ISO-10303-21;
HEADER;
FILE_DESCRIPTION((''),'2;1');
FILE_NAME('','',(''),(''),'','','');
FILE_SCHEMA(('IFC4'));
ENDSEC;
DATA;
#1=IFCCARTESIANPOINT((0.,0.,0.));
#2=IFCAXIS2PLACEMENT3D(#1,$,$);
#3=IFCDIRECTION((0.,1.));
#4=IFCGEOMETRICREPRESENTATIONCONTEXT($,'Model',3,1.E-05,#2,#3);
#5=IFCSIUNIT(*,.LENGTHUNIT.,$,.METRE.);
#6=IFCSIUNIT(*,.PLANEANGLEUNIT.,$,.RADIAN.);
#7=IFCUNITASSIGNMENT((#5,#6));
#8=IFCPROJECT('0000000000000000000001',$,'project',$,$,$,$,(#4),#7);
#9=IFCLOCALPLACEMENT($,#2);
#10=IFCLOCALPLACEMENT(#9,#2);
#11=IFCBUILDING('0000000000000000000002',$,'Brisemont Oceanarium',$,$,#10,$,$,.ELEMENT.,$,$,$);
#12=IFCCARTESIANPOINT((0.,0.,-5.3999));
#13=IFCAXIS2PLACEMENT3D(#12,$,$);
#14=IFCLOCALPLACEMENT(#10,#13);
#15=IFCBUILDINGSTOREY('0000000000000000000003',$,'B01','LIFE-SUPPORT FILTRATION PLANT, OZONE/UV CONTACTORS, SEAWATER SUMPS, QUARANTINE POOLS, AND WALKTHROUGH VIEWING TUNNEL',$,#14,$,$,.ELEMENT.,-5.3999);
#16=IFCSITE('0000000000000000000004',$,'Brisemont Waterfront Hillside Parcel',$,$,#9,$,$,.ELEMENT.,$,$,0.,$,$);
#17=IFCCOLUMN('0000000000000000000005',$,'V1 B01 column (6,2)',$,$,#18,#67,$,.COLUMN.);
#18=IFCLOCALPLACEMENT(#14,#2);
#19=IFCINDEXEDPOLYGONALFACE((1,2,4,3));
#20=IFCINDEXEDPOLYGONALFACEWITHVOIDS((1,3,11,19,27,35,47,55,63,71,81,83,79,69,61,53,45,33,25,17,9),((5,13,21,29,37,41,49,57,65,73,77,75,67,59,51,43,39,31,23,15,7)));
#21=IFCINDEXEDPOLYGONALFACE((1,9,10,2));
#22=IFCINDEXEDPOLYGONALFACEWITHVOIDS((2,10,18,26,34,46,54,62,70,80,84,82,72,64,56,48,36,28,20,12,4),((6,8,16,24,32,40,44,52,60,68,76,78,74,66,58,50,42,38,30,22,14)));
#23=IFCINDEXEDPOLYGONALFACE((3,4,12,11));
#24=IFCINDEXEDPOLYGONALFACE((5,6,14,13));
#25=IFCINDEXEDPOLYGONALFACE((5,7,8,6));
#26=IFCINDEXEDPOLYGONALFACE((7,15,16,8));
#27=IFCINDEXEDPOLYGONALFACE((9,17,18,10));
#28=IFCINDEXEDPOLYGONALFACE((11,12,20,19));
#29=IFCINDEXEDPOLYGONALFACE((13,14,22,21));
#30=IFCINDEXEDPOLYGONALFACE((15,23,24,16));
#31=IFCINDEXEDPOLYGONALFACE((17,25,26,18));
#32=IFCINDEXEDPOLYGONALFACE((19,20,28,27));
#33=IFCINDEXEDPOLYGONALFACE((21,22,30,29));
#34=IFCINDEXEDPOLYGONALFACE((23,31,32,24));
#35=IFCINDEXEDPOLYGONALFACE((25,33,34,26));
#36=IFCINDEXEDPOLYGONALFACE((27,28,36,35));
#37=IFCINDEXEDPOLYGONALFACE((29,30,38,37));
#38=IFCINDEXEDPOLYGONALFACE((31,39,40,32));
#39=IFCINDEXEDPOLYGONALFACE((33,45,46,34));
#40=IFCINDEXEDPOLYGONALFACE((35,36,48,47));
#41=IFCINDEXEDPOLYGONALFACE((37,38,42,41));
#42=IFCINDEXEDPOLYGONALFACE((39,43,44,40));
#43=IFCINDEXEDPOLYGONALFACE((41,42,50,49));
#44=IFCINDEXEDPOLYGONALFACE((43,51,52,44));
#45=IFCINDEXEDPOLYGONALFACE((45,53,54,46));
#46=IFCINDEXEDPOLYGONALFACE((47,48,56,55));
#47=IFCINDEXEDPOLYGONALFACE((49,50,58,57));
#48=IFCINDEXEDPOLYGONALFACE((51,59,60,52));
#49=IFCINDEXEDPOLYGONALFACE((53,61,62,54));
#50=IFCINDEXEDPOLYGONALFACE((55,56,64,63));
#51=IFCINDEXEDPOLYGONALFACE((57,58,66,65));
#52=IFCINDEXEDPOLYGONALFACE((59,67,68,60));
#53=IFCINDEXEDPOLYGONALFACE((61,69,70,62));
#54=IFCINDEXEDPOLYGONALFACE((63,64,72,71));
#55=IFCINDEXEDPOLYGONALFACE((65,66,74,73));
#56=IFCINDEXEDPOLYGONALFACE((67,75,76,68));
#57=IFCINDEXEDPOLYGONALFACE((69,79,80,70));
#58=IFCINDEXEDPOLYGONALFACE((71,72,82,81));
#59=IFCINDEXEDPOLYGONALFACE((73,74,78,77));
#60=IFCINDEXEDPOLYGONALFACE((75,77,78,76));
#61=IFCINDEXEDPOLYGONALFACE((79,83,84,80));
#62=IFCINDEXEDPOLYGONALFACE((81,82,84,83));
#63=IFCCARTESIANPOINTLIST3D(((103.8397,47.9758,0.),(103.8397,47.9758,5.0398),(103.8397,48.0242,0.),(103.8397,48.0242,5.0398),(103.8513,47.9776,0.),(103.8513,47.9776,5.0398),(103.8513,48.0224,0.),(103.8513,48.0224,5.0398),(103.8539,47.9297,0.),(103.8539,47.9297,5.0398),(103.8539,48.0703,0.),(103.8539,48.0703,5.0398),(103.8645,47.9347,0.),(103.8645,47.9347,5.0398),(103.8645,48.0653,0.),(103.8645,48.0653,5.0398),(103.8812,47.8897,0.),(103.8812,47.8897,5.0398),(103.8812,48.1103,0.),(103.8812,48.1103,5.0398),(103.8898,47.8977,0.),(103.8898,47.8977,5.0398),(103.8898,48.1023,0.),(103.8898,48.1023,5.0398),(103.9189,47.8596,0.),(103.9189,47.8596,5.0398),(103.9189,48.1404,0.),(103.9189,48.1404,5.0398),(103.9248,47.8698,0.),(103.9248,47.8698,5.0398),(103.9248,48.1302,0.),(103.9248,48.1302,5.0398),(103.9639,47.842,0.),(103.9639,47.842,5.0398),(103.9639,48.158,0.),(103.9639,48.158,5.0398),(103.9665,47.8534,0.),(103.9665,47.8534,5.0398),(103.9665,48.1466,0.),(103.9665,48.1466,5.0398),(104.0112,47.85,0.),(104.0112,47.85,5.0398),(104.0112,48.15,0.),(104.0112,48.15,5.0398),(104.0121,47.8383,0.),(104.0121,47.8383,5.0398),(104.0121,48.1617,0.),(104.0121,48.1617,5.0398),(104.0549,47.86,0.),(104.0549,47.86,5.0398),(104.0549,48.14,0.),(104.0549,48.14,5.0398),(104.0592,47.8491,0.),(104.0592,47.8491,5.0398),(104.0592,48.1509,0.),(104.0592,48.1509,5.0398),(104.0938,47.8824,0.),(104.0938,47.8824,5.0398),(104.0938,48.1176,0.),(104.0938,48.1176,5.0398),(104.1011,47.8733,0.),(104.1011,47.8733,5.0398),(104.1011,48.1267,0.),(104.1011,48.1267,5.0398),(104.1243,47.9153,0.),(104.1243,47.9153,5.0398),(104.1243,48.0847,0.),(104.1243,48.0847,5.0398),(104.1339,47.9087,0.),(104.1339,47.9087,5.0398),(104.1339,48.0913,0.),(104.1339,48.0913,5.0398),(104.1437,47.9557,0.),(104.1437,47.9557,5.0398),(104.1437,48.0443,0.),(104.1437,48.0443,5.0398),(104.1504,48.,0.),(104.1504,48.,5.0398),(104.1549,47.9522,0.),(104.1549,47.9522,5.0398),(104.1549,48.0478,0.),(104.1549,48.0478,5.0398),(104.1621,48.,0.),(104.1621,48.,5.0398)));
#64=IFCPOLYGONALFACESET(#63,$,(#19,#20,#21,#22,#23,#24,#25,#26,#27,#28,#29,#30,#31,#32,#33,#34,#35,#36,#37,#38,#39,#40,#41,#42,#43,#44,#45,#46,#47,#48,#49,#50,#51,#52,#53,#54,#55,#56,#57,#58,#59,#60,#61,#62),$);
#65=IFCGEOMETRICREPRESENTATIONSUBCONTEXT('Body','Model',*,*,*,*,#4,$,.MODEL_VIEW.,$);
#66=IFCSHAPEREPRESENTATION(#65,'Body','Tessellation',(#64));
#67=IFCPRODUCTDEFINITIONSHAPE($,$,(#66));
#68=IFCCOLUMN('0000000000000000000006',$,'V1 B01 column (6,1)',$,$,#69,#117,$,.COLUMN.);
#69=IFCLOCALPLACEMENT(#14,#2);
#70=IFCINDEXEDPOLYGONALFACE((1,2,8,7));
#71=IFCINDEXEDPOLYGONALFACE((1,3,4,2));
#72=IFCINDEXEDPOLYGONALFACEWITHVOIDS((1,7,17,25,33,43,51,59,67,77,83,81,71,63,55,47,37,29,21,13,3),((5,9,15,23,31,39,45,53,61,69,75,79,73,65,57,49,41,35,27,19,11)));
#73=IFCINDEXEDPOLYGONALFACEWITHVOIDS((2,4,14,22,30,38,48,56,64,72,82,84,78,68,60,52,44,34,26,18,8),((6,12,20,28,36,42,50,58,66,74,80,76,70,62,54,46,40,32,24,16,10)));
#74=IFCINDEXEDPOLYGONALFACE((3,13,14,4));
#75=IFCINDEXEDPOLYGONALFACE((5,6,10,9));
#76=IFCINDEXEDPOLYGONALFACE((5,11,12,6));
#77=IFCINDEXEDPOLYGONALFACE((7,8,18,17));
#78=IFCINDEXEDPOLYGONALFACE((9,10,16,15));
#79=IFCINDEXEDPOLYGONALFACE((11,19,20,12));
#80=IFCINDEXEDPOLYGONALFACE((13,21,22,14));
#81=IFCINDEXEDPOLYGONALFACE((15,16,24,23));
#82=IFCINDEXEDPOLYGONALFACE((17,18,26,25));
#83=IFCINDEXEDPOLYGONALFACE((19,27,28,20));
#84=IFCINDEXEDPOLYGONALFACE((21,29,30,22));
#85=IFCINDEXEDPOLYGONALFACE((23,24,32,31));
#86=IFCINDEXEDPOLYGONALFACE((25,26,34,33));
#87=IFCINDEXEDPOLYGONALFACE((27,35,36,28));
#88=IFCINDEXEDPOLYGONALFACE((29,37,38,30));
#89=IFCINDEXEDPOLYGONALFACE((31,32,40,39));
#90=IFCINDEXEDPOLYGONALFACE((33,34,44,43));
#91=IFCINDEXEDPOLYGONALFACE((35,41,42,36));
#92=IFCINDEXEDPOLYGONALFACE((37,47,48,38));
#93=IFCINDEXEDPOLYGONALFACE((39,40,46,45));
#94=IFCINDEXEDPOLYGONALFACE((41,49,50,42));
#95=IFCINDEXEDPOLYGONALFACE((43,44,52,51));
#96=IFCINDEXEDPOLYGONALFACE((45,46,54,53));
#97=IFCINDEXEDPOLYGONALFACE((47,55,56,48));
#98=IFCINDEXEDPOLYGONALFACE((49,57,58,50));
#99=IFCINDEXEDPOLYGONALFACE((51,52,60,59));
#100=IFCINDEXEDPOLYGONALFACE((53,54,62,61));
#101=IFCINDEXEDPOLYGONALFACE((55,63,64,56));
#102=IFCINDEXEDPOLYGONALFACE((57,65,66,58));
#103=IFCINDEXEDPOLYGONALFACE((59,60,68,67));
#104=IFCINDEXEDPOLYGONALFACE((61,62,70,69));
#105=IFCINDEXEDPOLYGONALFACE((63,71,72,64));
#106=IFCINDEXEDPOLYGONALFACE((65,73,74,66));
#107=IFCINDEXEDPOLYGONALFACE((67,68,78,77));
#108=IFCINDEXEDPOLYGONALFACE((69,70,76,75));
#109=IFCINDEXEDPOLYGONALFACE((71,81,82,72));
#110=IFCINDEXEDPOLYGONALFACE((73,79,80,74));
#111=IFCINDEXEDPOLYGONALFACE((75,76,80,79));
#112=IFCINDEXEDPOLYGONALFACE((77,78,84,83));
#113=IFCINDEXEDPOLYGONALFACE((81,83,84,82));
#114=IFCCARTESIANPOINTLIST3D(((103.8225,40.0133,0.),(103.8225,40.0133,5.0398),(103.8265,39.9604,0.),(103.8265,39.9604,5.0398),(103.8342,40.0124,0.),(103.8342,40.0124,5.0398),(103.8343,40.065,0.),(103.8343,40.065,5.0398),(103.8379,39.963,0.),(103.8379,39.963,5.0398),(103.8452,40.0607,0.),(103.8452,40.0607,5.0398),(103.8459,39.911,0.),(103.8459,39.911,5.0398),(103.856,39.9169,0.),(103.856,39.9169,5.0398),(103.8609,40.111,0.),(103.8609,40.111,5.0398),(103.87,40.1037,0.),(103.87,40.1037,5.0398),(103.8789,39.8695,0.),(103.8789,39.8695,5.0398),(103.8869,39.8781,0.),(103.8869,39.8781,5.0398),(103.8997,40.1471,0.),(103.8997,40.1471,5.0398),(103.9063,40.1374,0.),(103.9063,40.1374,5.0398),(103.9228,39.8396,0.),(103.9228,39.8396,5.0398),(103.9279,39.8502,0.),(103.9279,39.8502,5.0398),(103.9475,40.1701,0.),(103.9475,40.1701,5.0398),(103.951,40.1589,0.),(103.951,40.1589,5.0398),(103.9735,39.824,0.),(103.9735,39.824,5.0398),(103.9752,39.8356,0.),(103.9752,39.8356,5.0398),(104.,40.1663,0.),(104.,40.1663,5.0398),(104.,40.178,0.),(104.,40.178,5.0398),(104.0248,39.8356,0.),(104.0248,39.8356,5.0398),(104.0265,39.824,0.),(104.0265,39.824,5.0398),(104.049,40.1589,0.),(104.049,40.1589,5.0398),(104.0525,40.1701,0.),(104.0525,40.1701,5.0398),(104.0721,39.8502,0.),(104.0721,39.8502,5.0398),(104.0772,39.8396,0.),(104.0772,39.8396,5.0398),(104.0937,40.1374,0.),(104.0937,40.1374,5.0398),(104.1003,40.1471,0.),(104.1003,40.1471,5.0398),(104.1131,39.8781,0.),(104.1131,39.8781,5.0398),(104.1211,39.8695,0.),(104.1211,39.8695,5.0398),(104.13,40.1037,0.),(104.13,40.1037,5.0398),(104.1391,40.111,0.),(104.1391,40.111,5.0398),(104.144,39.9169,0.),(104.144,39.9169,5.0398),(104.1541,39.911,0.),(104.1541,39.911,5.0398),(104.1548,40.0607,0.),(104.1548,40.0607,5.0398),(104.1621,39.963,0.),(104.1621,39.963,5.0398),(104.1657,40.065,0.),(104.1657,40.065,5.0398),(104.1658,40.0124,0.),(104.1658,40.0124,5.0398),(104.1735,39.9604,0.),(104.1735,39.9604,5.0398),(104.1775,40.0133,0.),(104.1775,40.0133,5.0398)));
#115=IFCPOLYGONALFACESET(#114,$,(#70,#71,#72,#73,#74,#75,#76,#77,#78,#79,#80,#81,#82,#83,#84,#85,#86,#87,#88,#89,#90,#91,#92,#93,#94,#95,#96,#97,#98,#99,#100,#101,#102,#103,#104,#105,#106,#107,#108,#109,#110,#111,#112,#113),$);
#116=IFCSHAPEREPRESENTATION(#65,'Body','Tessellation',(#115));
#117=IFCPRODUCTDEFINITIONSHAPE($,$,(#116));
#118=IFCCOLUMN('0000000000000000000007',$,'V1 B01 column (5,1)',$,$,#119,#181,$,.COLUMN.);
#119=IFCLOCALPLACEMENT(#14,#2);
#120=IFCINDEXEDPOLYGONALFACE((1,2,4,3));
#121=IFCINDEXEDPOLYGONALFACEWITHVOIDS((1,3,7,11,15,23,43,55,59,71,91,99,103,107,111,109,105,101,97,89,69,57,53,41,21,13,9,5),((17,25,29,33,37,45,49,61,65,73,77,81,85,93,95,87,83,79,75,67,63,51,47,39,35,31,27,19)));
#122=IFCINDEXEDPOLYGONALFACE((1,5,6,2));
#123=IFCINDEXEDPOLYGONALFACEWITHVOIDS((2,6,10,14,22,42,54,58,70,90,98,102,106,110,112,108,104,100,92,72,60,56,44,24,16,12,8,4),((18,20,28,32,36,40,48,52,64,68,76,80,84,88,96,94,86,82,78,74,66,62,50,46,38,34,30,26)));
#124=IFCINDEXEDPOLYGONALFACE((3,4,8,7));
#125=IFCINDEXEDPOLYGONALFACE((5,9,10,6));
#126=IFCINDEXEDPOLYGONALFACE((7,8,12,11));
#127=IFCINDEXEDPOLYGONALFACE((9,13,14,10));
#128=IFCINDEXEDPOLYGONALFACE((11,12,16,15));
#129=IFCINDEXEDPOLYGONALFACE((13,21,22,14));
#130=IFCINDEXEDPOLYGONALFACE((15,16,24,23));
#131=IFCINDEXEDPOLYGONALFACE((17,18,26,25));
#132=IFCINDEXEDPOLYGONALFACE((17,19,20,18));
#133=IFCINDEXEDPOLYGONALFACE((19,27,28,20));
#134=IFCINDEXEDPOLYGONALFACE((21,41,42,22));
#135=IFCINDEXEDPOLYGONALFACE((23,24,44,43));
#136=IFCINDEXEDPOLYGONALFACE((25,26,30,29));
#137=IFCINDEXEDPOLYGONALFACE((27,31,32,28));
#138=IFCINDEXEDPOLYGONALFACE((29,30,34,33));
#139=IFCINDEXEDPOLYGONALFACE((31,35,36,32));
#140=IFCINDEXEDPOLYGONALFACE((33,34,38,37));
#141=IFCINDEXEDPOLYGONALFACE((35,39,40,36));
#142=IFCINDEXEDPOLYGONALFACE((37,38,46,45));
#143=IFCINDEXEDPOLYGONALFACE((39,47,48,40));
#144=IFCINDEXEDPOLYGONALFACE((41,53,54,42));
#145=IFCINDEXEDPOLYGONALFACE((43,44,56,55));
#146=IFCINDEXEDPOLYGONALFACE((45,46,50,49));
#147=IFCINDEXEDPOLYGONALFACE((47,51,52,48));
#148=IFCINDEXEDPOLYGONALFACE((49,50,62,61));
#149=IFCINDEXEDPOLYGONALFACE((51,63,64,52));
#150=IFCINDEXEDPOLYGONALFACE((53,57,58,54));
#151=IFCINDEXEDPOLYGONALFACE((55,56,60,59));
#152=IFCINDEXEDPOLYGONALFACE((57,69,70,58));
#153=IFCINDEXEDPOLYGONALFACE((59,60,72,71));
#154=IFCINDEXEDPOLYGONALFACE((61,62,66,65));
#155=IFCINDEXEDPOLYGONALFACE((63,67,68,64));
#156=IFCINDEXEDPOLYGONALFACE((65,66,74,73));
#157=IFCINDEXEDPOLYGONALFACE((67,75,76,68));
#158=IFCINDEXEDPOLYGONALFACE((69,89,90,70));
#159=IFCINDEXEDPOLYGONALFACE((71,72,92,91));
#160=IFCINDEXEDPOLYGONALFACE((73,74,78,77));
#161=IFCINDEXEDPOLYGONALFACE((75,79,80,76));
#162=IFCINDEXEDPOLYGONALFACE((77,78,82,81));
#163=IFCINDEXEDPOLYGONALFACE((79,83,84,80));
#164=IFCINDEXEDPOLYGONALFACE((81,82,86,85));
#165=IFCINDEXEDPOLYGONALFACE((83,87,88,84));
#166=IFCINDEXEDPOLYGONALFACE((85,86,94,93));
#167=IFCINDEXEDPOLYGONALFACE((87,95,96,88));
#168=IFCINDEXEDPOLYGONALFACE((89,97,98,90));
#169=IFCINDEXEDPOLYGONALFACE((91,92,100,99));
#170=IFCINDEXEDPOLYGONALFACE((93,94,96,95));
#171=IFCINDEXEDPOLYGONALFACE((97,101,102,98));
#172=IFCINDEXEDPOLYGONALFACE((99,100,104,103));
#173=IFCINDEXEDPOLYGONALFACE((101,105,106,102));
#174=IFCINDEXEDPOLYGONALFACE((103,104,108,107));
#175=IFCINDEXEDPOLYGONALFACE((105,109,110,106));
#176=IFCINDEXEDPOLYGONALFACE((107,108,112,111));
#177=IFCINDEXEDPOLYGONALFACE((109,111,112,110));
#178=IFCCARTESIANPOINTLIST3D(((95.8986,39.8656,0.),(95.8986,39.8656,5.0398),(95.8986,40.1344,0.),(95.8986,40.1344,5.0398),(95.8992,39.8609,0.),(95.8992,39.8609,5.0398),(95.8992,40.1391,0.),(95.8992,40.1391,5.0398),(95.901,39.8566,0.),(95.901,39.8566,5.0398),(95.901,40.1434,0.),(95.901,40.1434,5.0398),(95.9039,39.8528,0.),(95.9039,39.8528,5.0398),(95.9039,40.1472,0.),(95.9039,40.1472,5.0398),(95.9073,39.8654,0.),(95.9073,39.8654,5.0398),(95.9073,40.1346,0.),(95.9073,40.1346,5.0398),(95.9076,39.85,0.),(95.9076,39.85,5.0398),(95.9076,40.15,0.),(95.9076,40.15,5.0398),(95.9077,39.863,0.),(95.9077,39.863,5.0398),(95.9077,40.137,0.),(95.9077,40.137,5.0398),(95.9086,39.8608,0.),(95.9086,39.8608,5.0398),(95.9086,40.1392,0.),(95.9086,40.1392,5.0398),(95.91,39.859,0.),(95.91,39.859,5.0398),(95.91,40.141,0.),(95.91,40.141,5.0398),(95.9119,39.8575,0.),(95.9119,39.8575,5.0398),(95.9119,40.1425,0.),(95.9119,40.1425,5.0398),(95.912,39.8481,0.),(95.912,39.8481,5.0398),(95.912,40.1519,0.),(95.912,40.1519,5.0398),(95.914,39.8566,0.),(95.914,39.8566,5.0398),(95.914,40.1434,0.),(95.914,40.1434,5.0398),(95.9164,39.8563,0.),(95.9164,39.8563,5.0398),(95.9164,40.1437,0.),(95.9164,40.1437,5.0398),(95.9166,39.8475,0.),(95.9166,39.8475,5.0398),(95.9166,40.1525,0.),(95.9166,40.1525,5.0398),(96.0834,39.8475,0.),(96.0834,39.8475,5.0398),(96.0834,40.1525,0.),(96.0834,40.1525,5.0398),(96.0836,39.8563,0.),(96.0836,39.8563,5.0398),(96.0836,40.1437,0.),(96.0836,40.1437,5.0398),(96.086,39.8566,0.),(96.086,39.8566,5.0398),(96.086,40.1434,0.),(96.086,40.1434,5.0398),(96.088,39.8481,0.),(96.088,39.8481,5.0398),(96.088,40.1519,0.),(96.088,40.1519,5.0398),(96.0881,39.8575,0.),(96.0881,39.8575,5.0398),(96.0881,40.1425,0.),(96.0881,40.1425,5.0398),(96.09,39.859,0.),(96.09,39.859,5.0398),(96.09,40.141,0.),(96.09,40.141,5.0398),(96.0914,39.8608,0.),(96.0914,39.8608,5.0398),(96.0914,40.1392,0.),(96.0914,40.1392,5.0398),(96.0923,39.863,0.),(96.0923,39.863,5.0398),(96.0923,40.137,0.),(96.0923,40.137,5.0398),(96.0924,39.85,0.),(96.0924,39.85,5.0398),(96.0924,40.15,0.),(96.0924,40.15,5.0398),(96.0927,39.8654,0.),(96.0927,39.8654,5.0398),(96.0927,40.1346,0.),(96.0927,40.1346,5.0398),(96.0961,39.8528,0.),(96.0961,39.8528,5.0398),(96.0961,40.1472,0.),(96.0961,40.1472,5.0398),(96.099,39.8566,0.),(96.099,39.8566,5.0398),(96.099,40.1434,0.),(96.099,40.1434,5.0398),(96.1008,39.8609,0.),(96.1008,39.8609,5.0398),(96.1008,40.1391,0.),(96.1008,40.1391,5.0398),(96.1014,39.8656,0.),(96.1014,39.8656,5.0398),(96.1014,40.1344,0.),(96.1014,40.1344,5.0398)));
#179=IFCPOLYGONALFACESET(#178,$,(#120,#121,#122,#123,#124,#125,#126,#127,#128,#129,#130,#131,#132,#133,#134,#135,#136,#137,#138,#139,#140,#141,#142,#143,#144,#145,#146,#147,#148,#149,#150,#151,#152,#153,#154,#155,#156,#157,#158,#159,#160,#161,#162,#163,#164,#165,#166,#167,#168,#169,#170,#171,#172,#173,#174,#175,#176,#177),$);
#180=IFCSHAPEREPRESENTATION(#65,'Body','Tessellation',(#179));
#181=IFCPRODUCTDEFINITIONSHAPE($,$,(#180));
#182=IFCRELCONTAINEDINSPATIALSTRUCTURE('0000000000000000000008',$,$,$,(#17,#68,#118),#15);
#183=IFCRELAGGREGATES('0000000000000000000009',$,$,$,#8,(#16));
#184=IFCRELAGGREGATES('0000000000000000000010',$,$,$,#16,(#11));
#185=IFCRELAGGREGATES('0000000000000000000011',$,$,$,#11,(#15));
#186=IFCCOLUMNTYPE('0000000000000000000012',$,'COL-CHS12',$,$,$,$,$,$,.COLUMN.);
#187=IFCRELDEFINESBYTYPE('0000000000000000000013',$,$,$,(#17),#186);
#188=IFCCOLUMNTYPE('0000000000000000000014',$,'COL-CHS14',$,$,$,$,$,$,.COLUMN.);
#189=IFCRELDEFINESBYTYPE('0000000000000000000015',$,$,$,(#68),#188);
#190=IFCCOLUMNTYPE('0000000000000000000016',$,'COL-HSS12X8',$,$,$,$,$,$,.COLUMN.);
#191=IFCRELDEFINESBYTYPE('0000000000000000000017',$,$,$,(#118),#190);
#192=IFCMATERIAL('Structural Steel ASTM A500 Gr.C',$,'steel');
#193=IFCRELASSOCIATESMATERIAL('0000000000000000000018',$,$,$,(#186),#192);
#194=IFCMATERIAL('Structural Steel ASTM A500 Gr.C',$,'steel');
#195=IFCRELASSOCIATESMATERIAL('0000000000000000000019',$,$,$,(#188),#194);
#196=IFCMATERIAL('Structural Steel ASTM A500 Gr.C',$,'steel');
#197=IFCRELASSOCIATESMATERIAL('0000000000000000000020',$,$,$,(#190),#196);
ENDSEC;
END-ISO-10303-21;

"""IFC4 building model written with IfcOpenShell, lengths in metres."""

from ifc_helpers import new_model, si_unit, direction, frame, origin, origin_2d, place, context, subcontext, project, spatial, hollow_rectangle, hollow_circle, extrude, material, material_profile, profile_set, type_object, element, save


model = new_model("IFC4")

# Units and contexts
model_context = context("Model", 3, precision=1e-05, world=origin(), true_north=direction((0.0, 1.0)))
body_context = subcontext(model_context, "Body", "Model", "MODEL_VIEW")
ifc_project = project(units=[si_unit("LENGTHUNIT", "METRE"), si_unit("PLANEANGLEUNIT", "RADIAN")], contexts=[model_context])

# Site, building, storey
site_placement = place(None, origin())
site = spatial("IfcSite", under=ifc_project, at=site_placement, Name="Brisemont Waterfront Hillside Parcel", CompositionType="ELEMENT", RefElevation=0.0)
building_placement = place(site_placement, origin())
building = spatial("IfcBuilding", under=site, at=building_placement, Name="Brisemont Oceanarium", CompositionType="ELEMENT")
storey_placement = place(building_placement, frame((0.0, 0.0, -5.3999)))
storey = spatial("IfcBuildingStorey", under=building, at=storey_placement, Name="B01", Description="LIFE-SUPPORT FILTRATION PLANT, OZONE/UV CONTACTORS, SEAWATER SUMPS, QUARANTINE POOLS, AND WALKTHROUGH VIEWING TUNNEL", CompositionType="ELEMENT", Elevation=-5.3999)

# Columns
ifc_material_1 = material(Name="Structural Steel ASTM A500 Gr.C", Category="steel")
ifc_material_profile_1 = material_profile(ifc_material_1, hollow_circle(Radius=0.1621, WallThickness=0.0117, at=origin_2d()), Name="HSS12.750X0.500")
ifc_profile_set_1 = profile_set([ifc_material_profile_1], Name="Structural Steel ASTM A500 Gr.C")
column_type_1 = type_object("IfcColumnType", Name="COL-CHS12", PredefinedType="COLUMN", material=ifc_profile_set_1)
column_1_placement = place(storey_placement, frame((104.0, 48.0, 0.0), z_axis=(0.0, 0.0, 1.0), x_axis=(1.0, 0.0, 0.0)))
element("IfcColumn", 1, at=column_1_placement, inside=storey, type_object=column_type_1, Name="V1 B01 column (6,2)", PredefinedType="COLUMN", context=body_context, shape_type="SweptSolid", body=[
    extrude(hollow_circle(Radius=0.1621, WallThickness=0.0117, at=origin_2d()), origin(), (0.0, 0.0, 1.0), 5.0398),
])
ifc_material_2 = material(Name="Structural Steel ASTM A500 Gr.C", Category="steel")
ifc_material_profile_2 = material_profile(ifc_material_2, hollow_circle(Radius=0.178, WallThickness=0.0117, at=origin_2d()), Name="HSS14.000X0.500")
ifc_profile_set_2 = profile_set([ifc_material_profile_2], Name="Structural Steel ASTM A500 Gr.C")
column_type_2 = type_object("IfcColumnType", Name="COL-CHS14", PredefinedType="COLUMN", material=ifc_profile_set_2)
column_2_placement = place(storey_placement, frame((104.0, 40.0, 0.0), z_axis=(0.0, 0.0, 1.0), x_axis=(0.0, 1.0, 0.0)))
element("IfcColumn", 2, at=column_2_placement, inside=storey, type_object=column_type_2, Name="V1 B01 column (6,1)", PredefinedType="COLUMN", context=body_context, shape_type="SweptSolid", body=[
    extrude(hollow_circle(Radius=0.178, WallThickness=0.0117, at=origin_2d()), origin(), (0.0, 0.0, 1.0), 5.0398),
])
ifc_material_3 = material(Name="Structural Steel ASTM A500 Gr.C", Category="steel")
ifc_material_profile_3 = material_profile(ifc_material_3, hollow_rectangle(XDim=0.2029, YDim=0.3049, WallThickness=0.0088, InnerFilletRadius=0.009, OuterFilletRadius=0.0181, at=origin_2d()), Name="HSS12X8X3/8")
ifc_profile_set_3 = profile_set([ifc_material_profile_3], Name="Structural Steel ASTM A500 Gr.C")
column_type_3 = type_object("IfcColumnType", Name="COL-HSS12X8", PredefinedType="COLUMN", material=ifc_profile_set_3)
column_3_placement = place(storey_placement, frame((96.0, 40.0, 0.0), z_axis=(0.0, 0.0, 1.0), x_axis=(1.0, 0.0, 0.0)))
element("IfcColumn", 3, at=column_3_placement, inside=storey, type_object=column_type_3, Name="V1 B01 column (5,1)", PredefinedType="COLUMN", context=body_context, shape_type="SweptSolid", body=[
    extrude(hollow_rectangle(XDim=0.2029, YDim=0.3049, WallThickness=0.0088, InnerFilletRadius=0.009, OuterFilletRadius=0.0181, at=origin_2d()), origin(), (0.0, 0.0, 1.0), 5.0398),
])

save(model, "model.ifc")
